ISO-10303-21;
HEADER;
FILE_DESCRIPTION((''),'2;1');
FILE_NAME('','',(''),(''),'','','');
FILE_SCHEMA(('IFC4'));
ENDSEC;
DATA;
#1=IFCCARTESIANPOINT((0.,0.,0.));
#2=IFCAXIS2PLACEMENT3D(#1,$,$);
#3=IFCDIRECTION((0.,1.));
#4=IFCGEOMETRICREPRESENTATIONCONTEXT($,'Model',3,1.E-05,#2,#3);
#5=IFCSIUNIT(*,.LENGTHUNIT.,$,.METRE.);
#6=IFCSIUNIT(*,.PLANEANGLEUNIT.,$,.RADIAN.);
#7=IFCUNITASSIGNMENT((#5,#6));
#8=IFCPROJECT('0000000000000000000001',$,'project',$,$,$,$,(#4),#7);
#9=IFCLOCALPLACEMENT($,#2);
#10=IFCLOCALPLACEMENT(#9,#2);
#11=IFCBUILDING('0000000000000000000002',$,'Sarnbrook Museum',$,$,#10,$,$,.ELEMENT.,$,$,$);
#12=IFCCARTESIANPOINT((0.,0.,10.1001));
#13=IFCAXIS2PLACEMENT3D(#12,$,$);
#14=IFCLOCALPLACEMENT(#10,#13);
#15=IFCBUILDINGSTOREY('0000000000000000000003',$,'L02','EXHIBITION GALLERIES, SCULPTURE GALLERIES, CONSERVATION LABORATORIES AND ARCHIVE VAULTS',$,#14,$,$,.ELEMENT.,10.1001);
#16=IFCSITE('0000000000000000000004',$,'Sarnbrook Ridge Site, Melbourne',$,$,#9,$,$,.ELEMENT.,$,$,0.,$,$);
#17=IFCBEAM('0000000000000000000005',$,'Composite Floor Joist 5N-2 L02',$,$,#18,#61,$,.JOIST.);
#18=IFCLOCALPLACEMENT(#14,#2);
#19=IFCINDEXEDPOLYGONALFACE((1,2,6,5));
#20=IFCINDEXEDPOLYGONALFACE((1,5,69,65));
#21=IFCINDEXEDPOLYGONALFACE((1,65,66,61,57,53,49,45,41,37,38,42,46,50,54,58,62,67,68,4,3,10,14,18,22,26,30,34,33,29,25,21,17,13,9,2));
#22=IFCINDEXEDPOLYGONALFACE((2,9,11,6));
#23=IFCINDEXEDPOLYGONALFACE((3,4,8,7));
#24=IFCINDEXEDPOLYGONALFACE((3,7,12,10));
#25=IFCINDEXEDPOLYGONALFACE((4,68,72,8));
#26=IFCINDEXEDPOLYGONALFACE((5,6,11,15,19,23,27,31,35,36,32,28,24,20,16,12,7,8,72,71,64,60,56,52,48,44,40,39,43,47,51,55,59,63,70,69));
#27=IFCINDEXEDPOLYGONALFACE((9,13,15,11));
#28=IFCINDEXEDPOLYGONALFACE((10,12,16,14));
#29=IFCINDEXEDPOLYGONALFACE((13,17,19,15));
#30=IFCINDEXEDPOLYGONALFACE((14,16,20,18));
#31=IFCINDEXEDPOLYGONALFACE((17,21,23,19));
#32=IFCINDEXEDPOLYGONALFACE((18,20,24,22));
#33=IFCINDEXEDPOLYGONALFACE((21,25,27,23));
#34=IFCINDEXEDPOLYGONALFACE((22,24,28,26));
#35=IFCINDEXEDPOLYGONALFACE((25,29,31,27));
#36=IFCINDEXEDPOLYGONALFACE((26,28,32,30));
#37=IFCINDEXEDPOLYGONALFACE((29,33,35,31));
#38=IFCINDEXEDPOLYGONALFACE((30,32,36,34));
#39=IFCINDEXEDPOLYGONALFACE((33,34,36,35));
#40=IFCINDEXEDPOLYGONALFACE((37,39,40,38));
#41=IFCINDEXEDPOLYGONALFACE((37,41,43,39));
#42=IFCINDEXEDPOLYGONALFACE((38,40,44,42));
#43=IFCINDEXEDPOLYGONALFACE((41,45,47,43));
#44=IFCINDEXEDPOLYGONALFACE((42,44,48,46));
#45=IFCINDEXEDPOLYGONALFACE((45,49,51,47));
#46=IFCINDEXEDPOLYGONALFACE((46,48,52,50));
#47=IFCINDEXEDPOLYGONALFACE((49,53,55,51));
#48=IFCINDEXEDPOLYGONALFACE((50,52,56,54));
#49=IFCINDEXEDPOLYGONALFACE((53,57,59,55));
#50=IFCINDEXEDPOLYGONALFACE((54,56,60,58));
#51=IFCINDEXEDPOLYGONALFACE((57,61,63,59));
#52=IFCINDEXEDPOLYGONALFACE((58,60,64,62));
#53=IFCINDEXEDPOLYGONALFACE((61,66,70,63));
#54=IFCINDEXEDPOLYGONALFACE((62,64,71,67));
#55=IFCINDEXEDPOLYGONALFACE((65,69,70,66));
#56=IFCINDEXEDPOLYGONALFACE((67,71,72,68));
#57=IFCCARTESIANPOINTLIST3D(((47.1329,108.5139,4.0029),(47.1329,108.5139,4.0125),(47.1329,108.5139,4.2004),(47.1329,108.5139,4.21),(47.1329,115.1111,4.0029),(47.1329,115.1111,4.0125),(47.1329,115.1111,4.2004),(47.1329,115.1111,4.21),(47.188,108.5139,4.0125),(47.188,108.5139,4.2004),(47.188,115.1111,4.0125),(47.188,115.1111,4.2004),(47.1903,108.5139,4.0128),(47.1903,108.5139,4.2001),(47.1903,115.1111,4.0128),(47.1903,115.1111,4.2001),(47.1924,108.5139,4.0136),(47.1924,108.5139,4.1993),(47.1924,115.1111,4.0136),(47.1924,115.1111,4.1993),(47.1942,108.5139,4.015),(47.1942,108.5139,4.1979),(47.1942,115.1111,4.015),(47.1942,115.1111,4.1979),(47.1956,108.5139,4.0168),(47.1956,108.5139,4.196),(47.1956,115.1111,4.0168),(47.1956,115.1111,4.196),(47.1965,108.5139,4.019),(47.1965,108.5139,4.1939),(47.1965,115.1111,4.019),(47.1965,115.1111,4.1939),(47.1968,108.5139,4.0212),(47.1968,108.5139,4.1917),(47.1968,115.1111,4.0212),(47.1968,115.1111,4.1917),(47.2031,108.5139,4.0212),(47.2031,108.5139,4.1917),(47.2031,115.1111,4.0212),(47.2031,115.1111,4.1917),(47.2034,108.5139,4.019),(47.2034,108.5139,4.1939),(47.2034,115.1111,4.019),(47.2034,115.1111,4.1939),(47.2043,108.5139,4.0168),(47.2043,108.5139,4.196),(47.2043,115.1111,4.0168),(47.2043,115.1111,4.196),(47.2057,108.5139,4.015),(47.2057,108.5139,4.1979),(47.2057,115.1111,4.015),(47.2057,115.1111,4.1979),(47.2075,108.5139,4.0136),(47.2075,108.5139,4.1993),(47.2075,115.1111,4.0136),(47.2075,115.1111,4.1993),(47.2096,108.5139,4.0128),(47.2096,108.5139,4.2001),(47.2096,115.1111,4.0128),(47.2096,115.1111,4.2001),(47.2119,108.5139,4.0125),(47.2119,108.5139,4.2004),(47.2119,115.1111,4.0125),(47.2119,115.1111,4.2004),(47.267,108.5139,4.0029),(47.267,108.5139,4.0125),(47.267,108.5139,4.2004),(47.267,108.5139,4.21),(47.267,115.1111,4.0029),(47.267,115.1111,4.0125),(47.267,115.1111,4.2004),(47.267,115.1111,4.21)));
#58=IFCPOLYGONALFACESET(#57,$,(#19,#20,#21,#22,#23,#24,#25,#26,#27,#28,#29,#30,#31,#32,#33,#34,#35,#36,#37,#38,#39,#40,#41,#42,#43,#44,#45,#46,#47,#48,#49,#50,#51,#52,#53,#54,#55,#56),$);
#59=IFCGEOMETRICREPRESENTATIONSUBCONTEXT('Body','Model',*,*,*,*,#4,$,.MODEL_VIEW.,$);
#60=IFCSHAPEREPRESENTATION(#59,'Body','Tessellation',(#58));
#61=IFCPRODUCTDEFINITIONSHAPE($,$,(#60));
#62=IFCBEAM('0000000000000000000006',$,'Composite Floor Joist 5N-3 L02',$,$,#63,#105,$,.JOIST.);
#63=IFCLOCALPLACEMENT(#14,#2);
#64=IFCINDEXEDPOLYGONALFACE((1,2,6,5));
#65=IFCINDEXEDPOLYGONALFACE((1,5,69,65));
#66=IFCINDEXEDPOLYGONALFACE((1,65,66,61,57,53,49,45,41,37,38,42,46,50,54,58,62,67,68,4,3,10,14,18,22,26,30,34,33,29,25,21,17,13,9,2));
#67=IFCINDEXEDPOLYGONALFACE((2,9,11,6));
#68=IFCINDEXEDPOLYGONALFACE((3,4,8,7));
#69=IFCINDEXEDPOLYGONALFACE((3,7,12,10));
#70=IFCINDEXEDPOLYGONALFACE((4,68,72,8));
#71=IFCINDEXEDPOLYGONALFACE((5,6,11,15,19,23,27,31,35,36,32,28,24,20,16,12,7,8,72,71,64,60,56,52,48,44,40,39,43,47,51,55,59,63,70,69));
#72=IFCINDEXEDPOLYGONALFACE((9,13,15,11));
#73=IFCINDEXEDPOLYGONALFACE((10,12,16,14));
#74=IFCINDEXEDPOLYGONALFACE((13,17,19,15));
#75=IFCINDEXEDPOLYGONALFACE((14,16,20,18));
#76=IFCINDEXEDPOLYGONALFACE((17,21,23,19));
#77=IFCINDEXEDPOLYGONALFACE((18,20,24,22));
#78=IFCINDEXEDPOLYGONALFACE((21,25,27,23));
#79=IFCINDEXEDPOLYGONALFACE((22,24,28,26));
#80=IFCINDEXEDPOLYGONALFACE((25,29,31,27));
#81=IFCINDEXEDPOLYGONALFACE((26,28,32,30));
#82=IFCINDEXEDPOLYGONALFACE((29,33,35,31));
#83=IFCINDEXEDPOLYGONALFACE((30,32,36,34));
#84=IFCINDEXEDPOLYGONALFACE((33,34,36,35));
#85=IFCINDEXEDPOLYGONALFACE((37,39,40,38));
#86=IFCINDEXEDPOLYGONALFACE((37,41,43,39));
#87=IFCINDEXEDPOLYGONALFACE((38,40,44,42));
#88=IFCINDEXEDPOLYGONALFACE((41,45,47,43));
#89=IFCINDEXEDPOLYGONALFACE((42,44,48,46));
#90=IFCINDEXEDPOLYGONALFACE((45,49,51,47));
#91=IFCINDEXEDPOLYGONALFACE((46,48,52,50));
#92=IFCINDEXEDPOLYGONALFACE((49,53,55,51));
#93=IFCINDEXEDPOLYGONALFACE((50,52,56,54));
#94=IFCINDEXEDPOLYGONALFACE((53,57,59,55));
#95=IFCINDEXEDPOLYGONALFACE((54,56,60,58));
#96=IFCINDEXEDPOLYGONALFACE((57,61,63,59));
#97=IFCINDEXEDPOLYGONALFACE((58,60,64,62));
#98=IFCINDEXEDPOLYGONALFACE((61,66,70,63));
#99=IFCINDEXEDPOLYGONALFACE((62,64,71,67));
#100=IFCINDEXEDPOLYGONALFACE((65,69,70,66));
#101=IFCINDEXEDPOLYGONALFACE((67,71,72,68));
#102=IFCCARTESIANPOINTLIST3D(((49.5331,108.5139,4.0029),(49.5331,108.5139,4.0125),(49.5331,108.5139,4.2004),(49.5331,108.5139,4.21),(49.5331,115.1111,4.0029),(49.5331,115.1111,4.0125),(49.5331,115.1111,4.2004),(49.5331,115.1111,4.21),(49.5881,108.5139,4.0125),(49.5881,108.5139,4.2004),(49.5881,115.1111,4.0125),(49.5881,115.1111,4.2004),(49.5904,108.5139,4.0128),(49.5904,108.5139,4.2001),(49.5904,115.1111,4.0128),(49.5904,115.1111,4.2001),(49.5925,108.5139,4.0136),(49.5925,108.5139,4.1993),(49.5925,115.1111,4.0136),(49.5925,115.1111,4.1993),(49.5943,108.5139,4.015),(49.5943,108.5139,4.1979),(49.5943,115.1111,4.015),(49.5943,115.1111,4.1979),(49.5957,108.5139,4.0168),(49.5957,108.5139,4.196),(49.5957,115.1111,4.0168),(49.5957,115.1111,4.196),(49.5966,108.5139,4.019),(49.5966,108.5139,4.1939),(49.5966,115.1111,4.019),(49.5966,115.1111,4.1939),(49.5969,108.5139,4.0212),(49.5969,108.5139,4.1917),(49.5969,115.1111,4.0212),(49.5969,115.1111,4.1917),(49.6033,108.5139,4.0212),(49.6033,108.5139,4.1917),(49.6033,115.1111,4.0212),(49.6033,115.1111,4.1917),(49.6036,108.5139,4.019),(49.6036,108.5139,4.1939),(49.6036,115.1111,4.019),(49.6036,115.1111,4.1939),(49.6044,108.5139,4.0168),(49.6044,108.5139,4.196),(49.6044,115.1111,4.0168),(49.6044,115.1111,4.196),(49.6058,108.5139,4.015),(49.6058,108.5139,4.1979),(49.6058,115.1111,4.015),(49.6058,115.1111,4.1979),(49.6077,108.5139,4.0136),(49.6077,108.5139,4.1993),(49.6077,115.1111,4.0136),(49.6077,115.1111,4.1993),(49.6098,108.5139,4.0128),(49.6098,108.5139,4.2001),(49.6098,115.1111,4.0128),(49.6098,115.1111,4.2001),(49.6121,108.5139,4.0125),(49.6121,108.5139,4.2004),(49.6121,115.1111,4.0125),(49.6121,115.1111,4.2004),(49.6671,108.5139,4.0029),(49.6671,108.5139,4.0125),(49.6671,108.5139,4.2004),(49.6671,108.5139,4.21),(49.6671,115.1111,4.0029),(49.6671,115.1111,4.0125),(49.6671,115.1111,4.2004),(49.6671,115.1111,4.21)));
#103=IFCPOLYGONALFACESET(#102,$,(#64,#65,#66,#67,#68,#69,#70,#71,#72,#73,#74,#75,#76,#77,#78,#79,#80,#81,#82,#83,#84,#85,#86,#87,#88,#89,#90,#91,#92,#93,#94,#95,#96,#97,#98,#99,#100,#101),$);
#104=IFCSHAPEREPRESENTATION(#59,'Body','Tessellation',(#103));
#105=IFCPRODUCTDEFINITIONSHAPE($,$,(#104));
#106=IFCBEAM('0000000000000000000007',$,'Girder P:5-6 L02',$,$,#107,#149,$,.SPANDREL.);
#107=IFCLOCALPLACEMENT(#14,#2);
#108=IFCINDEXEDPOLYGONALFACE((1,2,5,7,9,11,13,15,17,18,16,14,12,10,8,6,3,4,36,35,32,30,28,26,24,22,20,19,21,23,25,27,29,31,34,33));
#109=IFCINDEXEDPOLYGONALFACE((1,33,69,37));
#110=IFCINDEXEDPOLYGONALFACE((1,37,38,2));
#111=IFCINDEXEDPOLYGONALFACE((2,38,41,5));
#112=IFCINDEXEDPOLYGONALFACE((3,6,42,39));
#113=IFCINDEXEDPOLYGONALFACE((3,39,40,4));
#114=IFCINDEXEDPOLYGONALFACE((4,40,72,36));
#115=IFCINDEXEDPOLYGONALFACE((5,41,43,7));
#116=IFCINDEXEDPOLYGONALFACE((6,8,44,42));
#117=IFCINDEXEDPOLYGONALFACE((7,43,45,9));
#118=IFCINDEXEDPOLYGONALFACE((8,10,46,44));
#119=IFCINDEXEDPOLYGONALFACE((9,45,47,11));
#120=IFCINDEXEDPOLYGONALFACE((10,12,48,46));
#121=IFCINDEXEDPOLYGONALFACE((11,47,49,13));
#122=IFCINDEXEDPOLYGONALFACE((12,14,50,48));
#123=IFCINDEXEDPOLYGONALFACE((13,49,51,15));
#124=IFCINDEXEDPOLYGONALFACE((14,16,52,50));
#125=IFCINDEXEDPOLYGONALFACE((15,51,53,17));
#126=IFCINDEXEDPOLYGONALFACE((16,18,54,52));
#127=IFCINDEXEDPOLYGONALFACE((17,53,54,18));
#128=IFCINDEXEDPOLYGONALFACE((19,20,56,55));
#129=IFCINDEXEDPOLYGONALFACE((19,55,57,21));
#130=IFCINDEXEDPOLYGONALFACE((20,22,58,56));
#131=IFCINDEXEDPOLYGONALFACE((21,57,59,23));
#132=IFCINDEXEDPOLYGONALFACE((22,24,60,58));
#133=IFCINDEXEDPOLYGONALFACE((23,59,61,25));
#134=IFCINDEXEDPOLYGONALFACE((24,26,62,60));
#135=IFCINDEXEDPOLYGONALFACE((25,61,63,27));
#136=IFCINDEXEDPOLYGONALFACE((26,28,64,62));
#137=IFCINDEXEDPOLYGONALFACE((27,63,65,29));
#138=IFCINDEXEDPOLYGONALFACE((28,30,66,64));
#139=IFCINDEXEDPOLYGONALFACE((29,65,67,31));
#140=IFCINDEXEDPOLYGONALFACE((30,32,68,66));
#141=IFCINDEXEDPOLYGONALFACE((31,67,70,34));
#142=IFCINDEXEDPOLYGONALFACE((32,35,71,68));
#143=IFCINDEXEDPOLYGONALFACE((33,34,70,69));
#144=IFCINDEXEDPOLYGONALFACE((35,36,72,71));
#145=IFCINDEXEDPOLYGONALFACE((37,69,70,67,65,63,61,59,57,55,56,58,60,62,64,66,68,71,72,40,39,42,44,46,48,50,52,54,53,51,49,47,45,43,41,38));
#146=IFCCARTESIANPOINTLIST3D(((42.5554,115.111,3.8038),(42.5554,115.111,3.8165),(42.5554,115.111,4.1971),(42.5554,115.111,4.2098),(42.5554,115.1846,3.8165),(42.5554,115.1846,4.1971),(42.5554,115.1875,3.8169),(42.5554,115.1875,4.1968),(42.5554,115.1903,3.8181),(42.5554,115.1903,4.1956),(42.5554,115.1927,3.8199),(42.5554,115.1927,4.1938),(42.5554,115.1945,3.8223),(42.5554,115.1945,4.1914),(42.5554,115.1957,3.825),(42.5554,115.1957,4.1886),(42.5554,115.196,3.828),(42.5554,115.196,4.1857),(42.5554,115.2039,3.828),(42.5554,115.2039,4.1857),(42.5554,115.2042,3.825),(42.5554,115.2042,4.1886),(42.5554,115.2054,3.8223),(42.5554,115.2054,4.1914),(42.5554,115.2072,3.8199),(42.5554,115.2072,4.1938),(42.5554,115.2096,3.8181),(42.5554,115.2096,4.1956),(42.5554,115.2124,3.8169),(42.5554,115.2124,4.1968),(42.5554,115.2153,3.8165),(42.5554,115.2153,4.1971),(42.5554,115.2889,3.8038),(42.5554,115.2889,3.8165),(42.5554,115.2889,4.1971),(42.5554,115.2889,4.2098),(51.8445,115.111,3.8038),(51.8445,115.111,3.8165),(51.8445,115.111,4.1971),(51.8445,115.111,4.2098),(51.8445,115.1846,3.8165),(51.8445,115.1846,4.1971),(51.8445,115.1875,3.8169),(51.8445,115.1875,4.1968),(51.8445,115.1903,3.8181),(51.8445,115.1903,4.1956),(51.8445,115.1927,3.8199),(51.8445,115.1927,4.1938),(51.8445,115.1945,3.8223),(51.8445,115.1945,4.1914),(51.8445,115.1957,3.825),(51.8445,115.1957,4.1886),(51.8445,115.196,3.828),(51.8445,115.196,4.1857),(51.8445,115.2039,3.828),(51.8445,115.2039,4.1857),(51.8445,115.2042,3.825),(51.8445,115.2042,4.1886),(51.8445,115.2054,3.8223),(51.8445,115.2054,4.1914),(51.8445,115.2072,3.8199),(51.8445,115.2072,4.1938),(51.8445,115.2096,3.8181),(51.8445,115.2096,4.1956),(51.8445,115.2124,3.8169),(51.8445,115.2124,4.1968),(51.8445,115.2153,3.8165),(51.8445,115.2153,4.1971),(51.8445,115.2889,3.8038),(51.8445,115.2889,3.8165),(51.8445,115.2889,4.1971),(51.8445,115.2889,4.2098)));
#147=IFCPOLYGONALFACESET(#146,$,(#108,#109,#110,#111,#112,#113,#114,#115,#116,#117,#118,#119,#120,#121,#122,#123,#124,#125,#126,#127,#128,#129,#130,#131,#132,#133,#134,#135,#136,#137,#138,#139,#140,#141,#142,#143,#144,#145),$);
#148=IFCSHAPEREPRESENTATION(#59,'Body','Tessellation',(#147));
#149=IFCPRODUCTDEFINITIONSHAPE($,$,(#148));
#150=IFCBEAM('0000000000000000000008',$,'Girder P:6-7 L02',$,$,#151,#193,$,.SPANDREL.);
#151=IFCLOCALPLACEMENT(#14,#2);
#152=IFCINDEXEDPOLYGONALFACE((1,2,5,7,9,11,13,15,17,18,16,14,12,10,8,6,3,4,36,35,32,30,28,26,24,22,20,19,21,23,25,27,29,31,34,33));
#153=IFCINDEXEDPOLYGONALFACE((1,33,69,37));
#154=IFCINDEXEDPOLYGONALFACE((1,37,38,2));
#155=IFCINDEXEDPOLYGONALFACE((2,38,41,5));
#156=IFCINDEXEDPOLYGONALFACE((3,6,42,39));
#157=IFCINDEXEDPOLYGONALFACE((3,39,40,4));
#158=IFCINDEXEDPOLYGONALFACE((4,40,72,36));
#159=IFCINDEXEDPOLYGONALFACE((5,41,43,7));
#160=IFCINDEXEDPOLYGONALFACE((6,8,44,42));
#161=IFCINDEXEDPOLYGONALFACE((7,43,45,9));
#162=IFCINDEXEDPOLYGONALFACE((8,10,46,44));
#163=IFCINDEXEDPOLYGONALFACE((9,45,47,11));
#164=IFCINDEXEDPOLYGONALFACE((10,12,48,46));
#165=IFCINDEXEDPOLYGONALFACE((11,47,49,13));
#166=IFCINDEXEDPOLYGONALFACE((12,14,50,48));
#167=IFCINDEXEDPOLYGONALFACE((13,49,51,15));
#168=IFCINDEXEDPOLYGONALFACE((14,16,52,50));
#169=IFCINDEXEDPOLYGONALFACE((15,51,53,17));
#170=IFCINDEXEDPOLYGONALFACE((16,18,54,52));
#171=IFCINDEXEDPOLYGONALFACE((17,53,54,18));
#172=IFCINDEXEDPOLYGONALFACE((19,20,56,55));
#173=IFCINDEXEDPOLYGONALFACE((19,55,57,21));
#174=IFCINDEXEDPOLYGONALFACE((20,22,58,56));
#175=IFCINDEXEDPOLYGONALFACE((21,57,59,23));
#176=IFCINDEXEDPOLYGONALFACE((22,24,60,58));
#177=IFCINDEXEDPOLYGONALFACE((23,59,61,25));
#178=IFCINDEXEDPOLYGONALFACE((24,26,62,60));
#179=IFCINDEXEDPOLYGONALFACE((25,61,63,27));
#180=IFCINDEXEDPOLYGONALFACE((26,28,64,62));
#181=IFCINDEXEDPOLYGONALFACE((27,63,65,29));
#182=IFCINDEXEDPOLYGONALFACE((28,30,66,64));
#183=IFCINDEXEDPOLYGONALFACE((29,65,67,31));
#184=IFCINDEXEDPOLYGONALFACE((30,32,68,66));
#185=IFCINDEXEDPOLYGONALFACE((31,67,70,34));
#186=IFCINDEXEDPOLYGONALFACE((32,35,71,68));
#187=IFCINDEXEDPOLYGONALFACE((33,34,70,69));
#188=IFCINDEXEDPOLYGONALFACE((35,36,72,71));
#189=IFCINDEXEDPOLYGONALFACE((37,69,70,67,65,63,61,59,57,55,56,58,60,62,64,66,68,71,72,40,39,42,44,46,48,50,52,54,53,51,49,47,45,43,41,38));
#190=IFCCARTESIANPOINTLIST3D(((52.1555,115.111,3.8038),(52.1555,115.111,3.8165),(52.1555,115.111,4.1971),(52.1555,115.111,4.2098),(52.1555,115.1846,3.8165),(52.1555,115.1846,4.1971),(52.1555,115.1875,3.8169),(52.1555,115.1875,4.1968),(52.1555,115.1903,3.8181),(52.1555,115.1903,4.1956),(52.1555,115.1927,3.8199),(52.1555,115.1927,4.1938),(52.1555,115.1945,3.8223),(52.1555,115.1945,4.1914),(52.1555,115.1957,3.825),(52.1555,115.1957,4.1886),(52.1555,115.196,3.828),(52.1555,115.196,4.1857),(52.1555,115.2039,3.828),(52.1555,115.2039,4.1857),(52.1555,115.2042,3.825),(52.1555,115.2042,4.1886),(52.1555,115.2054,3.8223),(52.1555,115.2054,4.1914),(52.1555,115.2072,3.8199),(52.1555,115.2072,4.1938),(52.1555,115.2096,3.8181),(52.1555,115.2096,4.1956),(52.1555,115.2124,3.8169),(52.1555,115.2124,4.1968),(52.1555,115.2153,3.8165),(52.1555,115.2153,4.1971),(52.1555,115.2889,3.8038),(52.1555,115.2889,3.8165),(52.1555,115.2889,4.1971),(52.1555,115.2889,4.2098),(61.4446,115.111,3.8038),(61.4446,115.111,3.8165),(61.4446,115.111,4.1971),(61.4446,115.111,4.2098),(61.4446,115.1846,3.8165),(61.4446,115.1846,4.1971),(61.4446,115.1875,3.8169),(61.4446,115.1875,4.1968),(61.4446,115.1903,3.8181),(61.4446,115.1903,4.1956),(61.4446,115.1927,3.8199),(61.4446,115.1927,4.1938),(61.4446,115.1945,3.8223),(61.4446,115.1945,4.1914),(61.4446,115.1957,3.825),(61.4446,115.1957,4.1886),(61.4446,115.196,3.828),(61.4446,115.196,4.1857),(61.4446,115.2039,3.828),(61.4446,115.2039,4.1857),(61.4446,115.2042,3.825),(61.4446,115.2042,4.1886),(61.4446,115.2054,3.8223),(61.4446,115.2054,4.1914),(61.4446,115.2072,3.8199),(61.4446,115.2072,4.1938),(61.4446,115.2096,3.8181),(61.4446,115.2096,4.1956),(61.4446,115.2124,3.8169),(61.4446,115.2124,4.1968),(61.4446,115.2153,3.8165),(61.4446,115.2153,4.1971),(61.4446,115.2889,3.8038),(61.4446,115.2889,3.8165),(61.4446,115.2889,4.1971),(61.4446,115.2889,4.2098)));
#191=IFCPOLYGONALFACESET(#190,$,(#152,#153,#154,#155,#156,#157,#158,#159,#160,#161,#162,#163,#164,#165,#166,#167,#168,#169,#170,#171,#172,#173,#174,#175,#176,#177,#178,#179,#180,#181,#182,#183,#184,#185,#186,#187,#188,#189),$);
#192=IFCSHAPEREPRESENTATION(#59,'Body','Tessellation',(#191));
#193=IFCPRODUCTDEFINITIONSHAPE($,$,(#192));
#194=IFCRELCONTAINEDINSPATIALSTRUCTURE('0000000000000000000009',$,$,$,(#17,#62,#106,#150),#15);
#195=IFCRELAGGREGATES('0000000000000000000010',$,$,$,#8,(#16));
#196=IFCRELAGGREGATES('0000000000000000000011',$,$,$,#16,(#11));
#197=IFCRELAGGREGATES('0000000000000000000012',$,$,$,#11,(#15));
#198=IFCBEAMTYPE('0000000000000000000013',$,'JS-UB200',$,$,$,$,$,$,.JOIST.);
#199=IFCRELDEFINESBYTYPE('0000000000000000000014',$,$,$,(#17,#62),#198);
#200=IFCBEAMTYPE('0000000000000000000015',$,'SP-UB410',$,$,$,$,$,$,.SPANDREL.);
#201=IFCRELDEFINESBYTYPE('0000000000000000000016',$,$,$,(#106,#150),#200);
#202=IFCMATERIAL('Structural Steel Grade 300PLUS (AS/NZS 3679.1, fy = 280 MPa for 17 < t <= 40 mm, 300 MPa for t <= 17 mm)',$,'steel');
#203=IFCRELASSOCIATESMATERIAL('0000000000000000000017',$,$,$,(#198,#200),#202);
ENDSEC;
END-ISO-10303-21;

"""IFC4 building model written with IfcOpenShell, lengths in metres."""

from ifc_helpers import new_model, si_unit, direction, frame, origin, origin_2d, place, context, subcontext, project, spatial, i_section, extrude, material, material_profile, profile_set, type_object, element, save


model = new_model("IFC4")

# Units and contexts
model_context = context("Model", 3, precision=1e-05, world=origin(), true_north=direction((0.0, 1.0)))
body_context = subcontext(model_context, "Body", "Model", "MODEL_VIEW")
ifc_project = project(units=[si_unit("LENGTHUNIT", "METRE"), si_unit("PLANEANGLEUNIT", "RADIAN")], contexts=[model_context])

# Site, building, storey
site_placement = place(None, origin())
site = spatial("IfcSite", under=ifc_project, at=site_placement, Name="Sarnbrook Ridge Site, Melbourne", CompositionType="ELEMENT", RefElevation=0.0)
building_placement = place(site_placement, origin())
building = spatial("IfcBuilding", under=site, at=building_placement, Name="Sarnbrook Museum", CompositionType="ELEMENT")
storey_placement = place(building_placement, frame((0.0, 0.0, 10.1001)))
storey = spatial("IfcBuildingStorey", under=building, at=storey_placement, Name="L02", Description="EXHIBITION GALLERIES, SCULPTURE GALLERIES, CONSERVATION LABORATORIES AND ARCHIVE VAULTS", CompositionType="ELEMENT", Elevation=10.1001)

# Shared definitions
ifc_material_1 = material(Name="Structural Steel Grade 300PLUS (AS/NZS 3679.1, fy = 280 MPa for 17 < t <= 40 mm, 300 MPa for t <= 17 mm)", Category="steel")

# Beams
ifc_material_profile_1 = material_profile(ifc_material_1, i_section(OverallWidth=0.134, OverallDepth=0.207, WebThickness=0.0063, FlangeThickness=0.0095, FilletRadius=0.0088, at=origin_2d()), Name="200UB29.8")
ifc_profile_set_1 = profile_set([ifc_material_profile_1], Name="Structural Steel Grade 300PLUS (AS/NZS 3679.1, fy = 280 MPa for 17 < t <= 40 mm, 300 MPa for t <= 17 mm)")
beam_type_1 = type_object("IfcBeamType", Name="JS-UB200", PredefinedType="JOIST", material=ifc_profile_set_1)
for number, where, z_axis, x_axis, name in (
    (1, (47.2, 108.5139, 4.1064), (0.0, 1.0, 0.0), (-1.0, 0.0, 0.0), "Composite Floor Joist 5N-2 L02"),
    (2, (49.6001, 108.5139, 4.1064), (0.0, 1.0, 0.0), (-1.0, 0.0, 0.0), "Composite Floor Joist 5N-3 L02"),
):
    element("IfcBeam", number, at=place(storey_placement, frame(where, z_axis=z_axis, x_axis=x_axis)), inside=storey, type_object=beam_type_1, Name=name, PredefinedType="JOIST", context=body_context, shape_type="SweptSolid", body=[
        extrude(i_section(OverallWidth=0.134, OverallDepth=0.207, WebThickness=0.0063, FlangeThickness=0.0095, FilletRadius=0.0088, at=origin_2d()), origin(), (0.0, 0.0, 1.0), 6.5972),
    ])
ifc_material_profile_2 = material_profile(ifc_material_1, i_section(OverallWidth=0.178, OverallDepth=0.406, WebThickness=0.0078, FlangeThickness=0.0127, FilletRadius=0.0115, at=origin_2d()), Name="410UB59.7")
ifc_profile_set_2 = profile_set([ifc_material_profile_2], Name="Structural Steel Grade 300PLUS (AS/NZS 3679.1, fy = 280 MPa for 17 < t <= 40 mm, 300 MPa for t <= 17 mm)")
beam_type_2 = type_object("IfcBeamType", Name="SP-UB410", PredefinedType="SPANDREL", material=ifc_profile_set_2)
for number, where, z_axis, x_axis, name in (
    (3, (42.5554, 115.2, 4.0068), (1.0, 0.0, 0.0), (0.0, 1.0, 0.0), "Girder P:5-6 L02"),
    (4, (52.1555, 115.2, 4.0068), (1.0, 0.0, 0.0), (0.0, 1.0, 0.0), "Girder P:6-7 L02"),
):
    element("IfcBeam", number, at=place(storey_placement, frame(where, z_axis=z_axis, x_axis=x_axis)), inside=storey, type_object=beam_type_2, Name=name, PredefinedType="SPANDREL", context=body_context, shape_type="SweptSolid", body=[
        extrude(i_section(OverallWidth=0.178, OverallDepth=0.406, WebThickness=0.0078, FlangeThickness=0.0127, FilletRadius=0.0115, at=origin_2d()), origin(), (0.0, 0.0, 1.0), 9.2891),
    ])

save(model, "model.ifc")
